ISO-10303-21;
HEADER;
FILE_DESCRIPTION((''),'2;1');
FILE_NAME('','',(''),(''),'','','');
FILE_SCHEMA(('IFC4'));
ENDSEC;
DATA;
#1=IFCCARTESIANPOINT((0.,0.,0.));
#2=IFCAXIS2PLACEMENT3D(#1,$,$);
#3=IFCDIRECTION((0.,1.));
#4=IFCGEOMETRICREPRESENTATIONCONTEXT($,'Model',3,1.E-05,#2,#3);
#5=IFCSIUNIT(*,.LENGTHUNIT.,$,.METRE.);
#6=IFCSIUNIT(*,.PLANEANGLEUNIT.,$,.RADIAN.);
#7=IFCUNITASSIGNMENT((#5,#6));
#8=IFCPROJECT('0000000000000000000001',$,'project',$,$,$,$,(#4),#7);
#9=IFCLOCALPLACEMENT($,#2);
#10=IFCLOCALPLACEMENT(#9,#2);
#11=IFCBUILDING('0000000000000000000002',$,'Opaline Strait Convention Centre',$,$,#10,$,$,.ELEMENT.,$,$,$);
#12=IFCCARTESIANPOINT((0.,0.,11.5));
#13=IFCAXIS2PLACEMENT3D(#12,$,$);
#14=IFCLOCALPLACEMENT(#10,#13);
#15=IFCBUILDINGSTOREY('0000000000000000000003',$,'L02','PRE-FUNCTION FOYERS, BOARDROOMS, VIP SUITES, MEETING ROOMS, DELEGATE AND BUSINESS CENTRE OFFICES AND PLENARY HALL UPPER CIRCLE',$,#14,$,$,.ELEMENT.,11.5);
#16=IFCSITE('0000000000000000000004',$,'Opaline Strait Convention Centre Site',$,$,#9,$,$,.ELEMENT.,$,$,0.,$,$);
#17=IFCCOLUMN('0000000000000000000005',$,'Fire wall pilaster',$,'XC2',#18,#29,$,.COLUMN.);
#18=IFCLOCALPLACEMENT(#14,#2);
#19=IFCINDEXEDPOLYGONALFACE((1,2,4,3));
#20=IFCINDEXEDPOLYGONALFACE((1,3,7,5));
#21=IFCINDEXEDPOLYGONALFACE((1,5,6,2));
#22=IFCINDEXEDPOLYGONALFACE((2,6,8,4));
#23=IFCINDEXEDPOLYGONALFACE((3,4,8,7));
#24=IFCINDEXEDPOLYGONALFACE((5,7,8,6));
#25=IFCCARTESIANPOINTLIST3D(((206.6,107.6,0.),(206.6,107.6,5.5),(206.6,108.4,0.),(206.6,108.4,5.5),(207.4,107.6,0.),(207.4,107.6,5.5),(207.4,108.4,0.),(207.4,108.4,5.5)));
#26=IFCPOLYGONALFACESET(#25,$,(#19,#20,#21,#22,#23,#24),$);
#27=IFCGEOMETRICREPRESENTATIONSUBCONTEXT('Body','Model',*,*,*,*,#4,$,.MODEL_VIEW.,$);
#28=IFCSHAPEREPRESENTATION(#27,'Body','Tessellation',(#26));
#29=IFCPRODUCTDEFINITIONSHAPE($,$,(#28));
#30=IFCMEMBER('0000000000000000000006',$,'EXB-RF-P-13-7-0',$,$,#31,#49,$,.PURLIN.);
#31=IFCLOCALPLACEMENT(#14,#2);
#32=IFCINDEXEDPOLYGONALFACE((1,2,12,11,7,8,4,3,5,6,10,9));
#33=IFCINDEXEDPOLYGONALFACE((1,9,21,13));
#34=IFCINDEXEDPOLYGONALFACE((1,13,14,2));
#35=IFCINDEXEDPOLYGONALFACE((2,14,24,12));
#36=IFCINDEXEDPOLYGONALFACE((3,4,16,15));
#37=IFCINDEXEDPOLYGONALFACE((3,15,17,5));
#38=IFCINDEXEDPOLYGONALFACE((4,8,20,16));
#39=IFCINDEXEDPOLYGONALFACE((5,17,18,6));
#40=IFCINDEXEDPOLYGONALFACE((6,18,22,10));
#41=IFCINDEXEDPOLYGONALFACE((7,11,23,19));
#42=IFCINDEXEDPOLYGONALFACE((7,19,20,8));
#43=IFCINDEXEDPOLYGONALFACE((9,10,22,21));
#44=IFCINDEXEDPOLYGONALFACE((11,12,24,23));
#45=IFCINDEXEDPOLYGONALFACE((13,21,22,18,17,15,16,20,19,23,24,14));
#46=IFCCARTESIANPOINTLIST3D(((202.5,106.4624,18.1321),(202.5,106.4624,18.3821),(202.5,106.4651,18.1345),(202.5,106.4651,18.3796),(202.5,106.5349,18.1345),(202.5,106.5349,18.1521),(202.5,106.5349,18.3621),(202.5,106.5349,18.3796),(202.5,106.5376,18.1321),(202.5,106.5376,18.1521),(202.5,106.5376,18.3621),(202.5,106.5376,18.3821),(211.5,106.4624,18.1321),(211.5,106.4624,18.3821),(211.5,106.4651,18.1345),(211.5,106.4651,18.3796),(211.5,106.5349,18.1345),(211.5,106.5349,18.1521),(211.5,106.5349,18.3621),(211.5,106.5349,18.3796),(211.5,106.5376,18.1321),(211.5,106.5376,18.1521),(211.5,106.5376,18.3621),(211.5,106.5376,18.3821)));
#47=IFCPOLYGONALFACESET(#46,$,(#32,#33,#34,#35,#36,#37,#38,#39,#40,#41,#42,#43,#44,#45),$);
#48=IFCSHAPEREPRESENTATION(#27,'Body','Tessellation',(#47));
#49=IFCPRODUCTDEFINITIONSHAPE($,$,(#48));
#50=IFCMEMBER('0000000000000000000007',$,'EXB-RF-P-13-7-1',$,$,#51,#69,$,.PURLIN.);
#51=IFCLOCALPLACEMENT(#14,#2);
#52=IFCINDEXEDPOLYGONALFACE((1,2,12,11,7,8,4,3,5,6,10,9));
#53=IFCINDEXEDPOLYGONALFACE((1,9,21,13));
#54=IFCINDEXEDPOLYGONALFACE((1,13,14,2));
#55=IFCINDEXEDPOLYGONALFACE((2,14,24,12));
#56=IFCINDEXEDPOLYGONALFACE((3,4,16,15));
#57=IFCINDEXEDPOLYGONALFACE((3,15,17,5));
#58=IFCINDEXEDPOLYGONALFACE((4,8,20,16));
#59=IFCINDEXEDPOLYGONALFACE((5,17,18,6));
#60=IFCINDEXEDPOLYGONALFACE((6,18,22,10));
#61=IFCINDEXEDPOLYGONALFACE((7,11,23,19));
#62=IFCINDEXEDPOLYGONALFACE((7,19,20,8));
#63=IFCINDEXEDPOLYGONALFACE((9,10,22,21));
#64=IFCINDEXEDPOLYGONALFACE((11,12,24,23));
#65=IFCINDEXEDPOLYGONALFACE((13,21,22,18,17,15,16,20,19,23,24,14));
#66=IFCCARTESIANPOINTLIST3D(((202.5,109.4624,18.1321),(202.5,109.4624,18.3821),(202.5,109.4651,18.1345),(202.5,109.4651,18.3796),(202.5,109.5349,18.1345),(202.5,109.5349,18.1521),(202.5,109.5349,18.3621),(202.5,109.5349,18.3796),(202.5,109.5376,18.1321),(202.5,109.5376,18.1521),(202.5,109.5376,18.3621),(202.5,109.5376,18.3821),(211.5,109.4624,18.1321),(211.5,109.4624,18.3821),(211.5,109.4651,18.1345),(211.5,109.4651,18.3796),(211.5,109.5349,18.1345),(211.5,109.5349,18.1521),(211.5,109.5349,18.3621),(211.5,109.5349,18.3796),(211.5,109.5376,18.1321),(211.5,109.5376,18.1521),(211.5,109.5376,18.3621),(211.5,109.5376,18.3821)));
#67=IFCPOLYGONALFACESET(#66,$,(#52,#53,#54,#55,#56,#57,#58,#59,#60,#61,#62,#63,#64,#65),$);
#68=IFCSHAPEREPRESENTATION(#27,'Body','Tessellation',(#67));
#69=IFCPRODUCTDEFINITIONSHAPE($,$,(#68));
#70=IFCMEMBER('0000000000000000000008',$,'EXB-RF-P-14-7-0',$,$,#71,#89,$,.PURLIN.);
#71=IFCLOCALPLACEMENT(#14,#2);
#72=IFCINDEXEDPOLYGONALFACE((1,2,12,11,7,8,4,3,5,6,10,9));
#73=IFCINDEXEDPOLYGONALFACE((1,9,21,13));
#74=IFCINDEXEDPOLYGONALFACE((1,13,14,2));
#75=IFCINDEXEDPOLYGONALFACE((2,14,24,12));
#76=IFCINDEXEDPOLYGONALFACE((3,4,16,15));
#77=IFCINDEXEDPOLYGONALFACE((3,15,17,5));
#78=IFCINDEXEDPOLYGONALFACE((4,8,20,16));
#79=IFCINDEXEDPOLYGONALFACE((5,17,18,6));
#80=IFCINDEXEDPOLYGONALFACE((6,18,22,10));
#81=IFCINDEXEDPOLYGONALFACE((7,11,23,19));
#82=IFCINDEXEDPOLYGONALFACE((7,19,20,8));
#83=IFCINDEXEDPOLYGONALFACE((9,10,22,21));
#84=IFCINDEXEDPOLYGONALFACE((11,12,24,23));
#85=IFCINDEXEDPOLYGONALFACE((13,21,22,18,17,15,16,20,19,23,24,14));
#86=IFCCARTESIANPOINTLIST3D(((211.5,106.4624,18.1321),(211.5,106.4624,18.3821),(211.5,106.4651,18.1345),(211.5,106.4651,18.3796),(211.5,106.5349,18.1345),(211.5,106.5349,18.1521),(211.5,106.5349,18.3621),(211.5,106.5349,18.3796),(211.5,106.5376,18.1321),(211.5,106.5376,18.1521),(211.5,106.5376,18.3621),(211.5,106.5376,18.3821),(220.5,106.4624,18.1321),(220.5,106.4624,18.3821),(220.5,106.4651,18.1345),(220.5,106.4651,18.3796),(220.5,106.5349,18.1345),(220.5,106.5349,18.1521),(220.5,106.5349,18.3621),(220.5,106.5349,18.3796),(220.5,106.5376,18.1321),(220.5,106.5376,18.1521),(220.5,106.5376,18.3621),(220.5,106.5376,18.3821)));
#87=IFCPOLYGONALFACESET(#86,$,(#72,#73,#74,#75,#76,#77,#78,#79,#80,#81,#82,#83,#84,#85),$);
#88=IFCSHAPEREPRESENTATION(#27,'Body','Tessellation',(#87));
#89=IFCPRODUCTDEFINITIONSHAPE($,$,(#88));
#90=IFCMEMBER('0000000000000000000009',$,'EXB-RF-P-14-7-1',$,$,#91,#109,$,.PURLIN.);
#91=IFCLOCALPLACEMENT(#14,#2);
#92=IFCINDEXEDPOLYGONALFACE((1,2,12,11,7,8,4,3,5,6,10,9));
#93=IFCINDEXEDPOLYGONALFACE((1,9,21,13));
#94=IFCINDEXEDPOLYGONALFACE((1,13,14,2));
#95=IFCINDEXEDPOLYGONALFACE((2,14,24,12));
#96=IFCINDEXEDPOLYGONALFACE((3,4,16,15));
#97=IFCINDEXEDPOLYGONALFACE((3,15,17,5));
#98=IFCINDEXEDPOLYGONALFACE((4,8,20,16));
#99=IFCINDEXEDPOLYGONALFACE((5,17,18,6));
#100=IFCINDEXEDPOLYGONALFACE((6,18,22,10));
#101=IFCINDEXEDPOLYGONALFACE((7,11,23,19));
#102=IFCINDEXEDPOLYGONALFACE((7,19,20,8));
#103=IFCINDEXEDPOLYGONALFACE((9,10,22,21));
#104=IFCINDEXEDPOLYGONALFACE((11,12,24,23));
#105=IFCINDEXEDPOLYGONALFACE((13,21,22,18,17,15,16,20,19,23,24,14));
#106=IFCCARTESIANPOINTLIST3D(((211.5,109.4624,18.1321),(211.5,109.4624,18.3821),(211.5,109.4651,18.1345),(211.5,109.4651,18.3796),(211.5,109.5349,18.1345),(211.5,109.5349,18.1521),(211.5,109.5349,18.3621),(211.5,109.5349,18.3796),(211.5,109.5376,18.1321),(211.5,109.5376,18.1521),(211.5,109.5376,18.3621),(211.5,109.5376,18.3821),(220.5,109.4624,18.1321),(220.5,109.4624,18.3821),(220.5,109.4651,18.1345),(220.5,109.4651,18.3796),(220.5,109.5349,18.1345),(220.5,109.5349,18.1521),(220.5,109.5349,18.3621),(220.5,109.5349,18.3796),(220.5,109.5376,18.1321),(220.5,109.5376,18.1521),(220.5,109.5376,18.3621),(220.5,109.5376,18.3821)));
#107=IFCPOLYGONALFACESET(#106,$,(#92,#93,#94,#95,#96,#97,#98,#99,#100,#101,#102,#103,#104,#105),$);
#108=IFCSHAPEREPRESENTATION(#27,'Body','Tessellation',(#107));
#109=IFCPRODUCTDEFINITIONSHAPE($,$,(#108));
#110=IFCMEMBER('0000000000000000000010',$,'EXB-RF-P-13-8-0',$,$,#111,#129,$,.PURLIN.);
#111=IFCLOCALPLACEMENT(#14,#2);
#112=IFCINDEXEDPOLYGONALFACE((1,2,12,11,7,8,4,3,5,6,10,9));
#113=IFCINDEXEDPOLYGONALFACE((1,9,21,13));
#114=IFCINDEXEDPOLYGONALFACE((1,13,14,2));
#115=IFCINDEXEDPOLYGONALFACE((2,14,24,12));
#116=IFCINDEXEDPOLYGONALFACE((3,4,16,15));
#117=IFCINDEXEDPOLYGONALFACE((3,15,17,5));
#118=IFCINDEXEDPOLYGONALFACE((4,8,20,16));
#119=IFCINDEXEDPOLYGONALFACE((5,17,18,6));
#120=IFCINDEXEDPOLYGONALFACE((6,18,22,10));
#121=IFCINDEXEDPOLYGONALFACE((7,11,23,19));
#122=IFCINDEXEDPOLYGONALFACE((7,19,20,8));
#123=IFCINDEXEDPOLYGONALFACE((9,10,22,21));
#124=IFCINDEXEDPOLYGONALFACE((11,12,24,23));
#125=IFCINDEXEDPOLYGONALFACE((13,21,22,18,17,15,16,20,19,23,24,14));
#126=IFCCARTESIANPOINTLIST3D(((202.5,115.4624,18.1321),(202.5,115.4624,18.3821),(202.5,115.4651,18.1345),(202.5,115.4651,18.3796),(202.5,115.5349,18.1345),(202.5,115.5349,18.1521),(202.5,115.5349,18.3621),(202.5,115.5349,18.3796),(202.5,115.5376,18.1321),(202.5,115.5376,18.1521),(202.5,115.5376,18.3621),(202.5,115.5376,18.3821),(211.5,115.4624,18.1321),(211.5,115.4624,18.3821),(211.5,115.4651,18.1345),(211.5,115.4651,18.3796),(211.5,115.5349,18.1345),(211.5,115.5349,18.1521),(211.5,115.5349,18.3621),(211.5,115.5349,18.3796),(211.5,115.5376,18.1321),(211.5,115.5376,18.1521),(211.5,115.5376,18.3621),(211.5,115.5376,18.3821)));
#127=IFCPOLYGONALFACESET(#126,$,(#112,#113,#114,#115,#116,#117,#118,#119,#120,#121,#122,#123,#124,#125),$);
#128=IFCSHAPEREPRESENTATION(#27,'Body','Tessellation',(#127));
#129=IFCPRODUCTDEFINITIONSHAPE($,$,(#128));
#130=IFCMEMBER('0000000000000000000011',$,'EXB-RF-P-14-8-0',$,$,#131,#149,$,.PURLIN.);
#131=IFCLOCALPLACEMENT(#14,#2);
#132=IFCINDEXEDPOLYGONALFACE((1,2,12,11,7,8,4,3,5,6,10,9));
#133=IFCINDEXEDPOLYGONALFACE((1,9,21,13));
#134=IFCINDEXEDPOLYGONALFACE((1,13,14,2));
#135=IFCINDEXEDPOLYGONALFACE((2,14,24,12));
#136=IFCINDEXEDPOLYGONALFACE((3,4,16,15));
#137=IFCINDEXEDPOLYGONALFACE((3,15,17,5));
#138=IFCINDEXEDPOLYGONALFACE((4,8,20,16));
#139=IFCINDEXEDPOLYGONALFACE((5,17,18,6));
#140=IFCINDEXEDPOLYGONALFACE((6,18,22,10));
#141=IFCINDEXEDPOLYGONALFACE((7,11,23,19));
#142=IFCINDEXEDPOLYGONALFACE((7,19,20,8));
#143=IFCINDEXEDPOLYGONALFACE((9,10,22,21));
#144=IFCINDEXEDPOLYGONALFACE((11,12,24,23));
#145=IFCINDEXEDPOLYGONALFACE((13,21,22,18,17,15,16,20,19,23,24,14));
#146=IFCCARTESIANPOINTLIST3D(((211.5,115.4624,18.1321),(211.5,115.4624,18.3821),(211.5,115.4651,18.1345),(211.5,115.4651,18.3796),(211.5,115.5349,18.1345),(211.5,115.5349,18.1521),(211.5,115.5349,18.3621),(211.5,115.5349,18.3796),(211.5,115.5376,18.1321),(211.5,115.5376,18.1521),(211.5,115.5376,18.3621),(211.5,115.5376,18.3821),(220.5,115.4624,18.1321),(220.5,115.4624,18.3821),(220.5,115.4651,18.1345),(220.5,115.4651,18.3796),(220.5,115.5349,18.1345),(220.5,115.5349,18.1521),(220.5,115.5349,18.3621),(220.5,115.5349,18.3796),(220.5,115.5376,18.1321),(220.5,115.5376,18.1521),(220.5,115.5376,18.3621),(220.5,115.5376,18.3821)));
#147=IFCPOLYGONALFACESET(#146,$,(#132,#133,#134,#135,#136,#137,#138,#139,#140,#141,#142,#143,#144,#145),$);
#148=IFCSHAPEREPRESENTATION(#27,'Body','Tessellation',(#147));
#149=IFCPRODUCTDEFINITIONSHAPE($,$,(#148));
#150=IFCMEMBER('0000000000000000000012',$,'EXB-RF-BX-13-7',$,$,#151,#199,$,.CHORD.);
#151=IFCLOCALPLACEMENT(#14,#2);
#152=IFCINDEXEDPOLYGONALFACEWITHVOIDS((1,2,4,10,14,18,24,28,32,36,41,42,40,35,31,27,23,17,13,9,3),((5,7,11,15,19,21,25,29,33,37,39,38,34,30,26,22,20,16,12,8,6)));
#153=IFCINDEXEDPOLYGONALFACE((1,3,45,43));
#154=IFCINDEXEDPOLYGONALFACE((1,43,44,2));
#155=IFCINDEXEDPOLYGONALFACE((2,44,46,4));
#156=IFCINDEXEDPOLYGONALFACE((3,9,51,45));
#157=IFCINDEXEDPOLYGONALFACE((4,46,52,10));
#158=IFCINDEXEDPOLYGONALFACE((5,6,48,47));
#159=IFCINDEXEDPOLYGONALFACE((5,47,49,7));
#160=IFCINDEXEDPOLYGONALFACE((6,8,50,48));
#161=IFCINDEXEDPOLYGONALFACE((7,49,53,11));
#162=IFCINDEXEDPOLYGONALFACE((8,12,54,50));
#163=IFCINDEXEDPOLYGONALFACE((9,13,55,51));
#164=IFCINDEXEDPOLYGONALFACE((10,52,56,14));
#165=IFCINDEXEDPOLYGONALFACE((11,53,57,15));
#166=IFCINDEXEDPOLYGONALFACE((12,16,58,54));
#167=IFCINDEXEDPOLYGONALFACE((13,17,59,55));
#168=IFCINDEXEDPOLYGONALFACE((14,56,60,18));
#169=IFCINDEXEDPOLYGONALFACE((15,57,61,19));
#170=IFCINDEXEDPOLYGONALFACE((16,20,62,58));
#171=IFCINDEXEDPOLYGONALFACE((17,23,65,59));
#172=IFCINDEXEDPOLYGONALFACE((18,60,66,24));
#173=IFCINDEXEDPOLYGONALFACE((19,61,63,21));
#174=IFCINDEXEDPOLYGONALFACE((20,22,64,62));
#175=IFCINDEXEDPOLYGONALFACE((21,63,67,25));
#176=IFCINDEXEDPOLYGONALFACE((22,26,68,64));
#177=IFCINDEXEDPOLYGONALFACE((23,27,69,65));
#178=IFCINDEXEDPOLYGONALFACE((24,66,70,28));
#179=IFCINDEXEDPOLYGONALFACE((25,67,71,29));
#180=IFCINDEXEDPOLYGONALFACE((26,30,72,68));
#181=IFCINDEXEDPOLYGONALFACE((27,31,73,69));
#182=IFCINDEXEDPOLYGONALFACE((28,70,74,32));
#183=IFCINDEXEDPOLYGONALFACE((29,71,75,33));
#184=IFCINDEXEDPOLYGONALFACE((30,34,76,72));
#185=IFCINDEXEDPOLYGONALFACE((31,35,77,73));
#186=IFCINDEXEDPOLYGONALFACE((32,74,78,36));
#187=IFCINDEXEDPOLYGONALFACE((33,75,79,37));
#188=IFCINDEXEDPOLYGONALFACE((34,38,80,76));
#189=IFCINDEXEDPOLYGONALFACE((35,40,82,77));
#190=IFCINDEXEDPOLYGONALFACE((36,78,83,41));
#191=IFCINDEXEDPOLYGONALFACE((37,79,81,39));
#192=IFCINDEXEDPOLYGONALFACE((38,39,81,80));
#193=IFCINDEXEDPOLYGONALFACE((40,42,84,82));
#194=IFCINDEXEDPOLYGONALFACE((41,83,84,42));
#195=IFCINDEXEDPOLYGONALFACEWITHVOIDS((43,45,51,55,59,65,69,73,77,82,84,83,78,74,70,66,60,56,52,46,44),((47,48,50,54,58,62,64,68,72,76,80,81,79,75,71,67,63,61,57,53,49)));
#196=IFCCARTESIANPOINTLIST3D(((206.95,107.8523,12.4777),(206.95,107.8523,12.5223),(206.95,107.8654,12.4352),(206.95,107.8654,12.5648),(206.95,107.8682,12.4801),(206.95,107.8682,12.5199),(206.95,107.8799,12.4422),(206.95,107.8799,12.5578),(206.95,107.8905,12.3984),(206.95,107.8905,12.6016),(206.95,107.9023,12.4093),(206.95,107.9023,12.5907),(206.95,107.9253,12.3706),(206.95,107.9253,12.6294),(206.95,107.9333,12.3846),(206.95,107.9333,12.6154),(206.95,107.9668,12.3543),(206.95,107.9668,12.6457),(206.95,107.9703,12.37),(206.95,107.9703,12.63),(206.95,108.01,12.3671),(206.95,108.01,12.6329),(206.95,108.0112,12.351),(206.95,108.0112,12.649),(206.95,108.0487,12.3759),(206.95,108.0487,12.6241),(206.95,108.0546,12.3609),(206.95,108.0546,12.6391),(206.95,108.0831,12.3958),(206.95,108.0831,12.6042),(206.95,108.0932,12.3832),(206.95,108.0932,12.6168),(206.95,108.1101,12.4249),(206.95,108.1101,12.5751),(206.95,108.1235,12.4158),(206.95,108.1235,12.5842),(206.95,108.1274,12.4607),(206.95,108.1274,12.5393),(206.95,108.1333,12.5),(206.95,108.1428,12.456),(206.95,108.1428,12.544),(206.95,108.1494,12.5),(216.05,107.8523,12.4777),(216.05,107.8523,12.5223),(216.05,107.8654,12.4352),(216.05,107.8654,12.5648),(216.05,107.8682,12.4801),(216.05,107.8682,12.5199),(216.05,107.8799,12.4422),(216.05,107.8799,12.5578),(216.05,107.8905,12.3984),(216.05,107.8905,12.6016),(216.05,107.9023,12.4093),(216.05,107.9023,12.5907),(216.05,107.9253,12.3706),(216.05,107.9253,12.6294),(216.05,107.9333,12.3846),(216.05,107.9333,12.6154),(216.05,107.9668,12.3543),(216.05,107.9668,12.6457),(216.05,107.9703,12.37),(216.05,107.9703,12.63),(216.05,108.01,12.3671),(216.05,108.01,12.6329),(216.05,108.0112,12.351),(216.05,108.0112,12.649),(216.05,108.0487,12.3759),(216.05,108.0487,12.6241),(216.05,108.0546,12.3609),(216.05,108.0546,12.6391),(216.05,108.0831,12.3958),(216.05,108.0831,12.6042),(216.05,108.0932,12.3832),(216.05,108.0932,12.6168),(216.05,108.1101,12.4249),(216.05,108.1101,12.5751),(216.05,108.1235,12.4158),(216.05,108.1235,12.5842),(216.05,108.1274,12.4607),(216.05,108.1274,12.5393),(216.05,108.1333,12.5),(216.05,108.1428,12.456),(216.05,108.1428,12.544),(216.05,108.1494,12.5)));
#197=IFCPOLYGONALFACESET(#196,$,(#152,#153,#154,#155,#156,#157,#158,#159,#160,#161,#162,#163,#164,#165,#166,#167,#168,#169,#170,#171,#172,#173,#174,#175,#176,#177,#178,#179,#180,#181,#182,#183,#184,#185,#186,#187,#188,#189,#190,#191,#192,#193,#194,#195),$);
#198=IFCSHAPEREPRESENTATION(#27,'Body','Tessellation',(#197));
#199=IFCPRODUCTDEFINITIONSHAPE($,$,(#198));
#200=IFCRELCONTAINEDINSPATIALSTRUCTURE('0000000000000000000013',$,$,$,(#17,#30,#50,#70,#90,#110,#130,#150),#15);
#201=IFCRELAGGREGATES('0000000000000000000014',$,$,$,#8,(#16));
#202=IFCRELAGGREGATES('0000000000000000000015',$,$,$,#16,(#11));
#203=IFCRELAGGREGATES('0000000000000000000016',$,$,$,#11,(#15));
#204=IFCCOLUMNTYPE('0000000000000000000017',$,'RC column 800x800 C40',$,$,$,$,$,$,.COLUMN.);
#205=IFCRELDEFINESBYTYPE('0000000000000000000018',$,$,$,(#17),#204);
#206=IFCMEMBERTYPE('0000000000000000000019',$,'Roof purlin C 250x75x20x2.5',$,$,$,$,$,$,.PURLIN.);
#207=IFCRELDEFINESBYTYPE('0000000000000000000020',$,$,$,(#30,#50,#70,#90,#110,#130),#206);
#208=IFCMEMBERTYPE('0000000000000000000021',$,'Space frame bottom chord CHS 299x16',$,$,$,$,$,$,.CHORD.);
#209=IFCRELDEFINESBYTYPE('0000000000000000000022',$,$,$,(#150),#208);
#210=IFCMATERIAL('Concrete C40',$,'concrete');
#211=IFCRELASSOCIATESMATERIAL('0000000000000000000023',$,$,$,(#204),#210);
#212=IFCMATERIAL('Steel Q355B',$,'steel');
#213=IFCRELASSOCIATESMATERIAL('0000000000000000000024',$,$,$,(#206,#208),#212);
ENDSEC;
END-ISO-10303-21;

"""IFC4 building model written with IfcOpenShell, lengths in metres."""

from ifc_helpers import new_model, si_unit, direction, frame, origin, origin_2d, place, context, subcontext, project, spatial, polyline, rectangle, hollow_circle, outline, extrude, material, material_profile, profile_set, type_object, element, save


model = new_model("IFC4")

# Units and contexts
model_context = context("Model", 3, precision=1e-05, world=origin(), true_north=direction((0.0, 1.0)))
body_context = subcontext(model_context, "Body", "Model", "MODEL_VIEW")
ifc_project = project(units=[si_unit("LENGTHUNIT", "METRE"), si_unit("PLANEANGLEUNIT", "RADIAN")], contexts=[model_context])

# Site, building, storey
site_placement = place(None, origin())
site = spatial("IfcSite", under=ifc_project, at=site_placement, Name="Opaline Strait Convention Centre Site", CompositionType="ELEMENT", RefElevation=0.0)
building_placement = place(site_placement, origin())
building = spatial("IfcBuilding", under=site, at=building_placement, Name="Opaline Strait Convention Centre", CompositionType="ELEMENT")
storey_placement = place(building_placement, frame((0.0, 0.0, 11.5)))
storey = spatial("IfcBuildingStorey", under=building, at=storey_placement, Name="L02", Description="PRE-FUNCTION FOYERS, BOARDROOMS, VIP SUITES, MEETING ROOMS, DELEGATE AND BUSINESS CENTRE OFFICES AND PLENARY HALL UPPER CIRCLE", CompositionType="ELEMENT", Elevation=11.5)

# Column
ifc_material_1 = material(Name="Concrete C40", Category="concrete")
ifc_material_profile_1 = material_profile(ifc_material_1, rectangle(XDim=0.8, YDim=0.8, at=origin_2d()), Name="RC 800x800")
ifc_profile_set_1 = profile_set([ifc_material_profile_1], Name="Concrete C40")
column_type = type_object("IfcColumnType", Name="RC column 800x800 C40", PredefinedType="COLUMN", material=ifc_profile_set_1)
column_placement = place(storey_placement, frame((207.0, 108.0, 0.0), z_axis=(0.0, 0.0, 1.0), x_axis=(1.0, 0.0, 0.0)))
element("IfcColumn", 1, at=column_placement, inside=storey, type_object=column_type, Name="Fire wall pilaster", ObjectType="XC2", PredefinedType="COLUMN", context=body_context, shape_type="SweptSolid", body=[
    extrude(rectangle(XDim=0.8, YDim=0.8, at=origin_2d()), origin(), (0.0, 0.0, 1.0), 5.5),
])

# Members
ifc_material_2 = material(Name="Steel Q355B", Category="steel")
ifc_material_profile_2 = material_profile(ifc_material_2, outline(polyline([(-0.0376, -0.125), (0.0376, -0.125), (0.0376, -0.105), (0.0349, -0.105), (0.0349, -0.1226), (-0.0349, -0.1226), (-0.0349, 0.1226), (0.0349, 0.1226), (0.0349, 0.105), (0.0376, 0.105), (0.0376, 0.125), (-0.0376, 0.125), (-0.0376, -0.125)])), Name="C 250x75x20x2.5")
ifc_profile_set_2 = profile_set([ifc_material_profile_2], Name="Steel Q355B")
member_type_1 = type_object("IfcMemberType", Name="Roof purlin C 250x75x20x2.5", PredefinedType="PURLIN", material=ifc_profile_set_2)
for number, where, z_axis, x_axis, name in (
    (2, (202.5, 106.5, 18.2571), (1.0, 0.0, 0.0), (0.0, 1.0, 0.0), "EXB-RF-P-13-7-0"),
    (3, (202.5, 109.5, 18.2571), (1.0, 0.0, 0.0), (0.0, 1.0, 0.0), "EXB-RF-P-13-7-1"),
    (4, (211.5, 106.5, 18.2571), (1.0, 0.0, 0.0), (0.0, 1.0, 0.0), "EXB-RF-P-14-7-0"),
    (5, (211.5, 109.5, 18.2571), (1.0, 0.0, 0.0), (0.0, 1.0, 0.0), "EXB-RF-P-14-7-1"),
    (6, (202.5, 115.5, 18.2571), (1.0, 0.0, 0.0), (0.0, 1.0, 0.0), "EXB-RF-P-13-8-0"),
    (7, (211.5, 115.5, 18.2571), (1.0, 0.0, 0.0), (0.0, 1.0, 0.0), "EXB-RF-P-14-8-0"),
):
    element("IfcMember", number, at=place(storey_placement, frame(where, z_axis=z_axis, x_axis=x_axis)), inside=storey, type_object=member_type_1, Name=name, PredefinedType="PURLIN", context=body_context, shape_type="SweptSolid", body=[
        extrude(outline(polyline([(-0.0376, -0.125), (0.0376, -0.125), (0.0376, -0.105), (0.0349, -0.105), (0.0349, -0.1226), (-0.0349, -0.1226), (-0.0349, 0.1226), (0.0349, 0.1226), (0.0349, 0.105), (0.0376, 0.105), (0.0376, 0.125), (-0.0376, 0.125), (-0.0376, -0.125)])), origin(), (0.0, 0.0, 1.0), 9.0),
    ])
ifc_material_profile_3 = material_profile(ifc_material_2, hollow_circle(Radius=0.1494, WallThickness=0.0161, at=origin_2d()), Name="CHS 299x16")
ifc_profile_set_3 = profile_set([ifc_material_profile_3], Name="Steel Q355B")
member_type_2 = type_object("IfcMemberType", Name="Space frame bottom chord CHS 299x16", PredefinedType="CHORD", material=ifc_profile_set_3)
for number, where, z_axis, x_axis, name in (
    (8, (206.95, 108.0, 12.5), (1.0, 0.0, 0.0), (0.0, 1.0, 0.0), "EXB-RF-BX-13-7"),
):
    element("IfcMember", number, at=place(storey_placement, frame(where, z_axis=z_axis, x_axis=x_axis)), inside=storey, type_object=member_type_2, Name=name, PredefinedType="CHORD", context=body_context, shape_type="SweptSolid", body=[
        extrude(hollow_circle(Radius=0.1494, WallThickness=0.0161, at=origin_2d()), origin(), (0.0, 0.0, 1.0), 9.1001),
    ])

save(model, "model.ifc")
